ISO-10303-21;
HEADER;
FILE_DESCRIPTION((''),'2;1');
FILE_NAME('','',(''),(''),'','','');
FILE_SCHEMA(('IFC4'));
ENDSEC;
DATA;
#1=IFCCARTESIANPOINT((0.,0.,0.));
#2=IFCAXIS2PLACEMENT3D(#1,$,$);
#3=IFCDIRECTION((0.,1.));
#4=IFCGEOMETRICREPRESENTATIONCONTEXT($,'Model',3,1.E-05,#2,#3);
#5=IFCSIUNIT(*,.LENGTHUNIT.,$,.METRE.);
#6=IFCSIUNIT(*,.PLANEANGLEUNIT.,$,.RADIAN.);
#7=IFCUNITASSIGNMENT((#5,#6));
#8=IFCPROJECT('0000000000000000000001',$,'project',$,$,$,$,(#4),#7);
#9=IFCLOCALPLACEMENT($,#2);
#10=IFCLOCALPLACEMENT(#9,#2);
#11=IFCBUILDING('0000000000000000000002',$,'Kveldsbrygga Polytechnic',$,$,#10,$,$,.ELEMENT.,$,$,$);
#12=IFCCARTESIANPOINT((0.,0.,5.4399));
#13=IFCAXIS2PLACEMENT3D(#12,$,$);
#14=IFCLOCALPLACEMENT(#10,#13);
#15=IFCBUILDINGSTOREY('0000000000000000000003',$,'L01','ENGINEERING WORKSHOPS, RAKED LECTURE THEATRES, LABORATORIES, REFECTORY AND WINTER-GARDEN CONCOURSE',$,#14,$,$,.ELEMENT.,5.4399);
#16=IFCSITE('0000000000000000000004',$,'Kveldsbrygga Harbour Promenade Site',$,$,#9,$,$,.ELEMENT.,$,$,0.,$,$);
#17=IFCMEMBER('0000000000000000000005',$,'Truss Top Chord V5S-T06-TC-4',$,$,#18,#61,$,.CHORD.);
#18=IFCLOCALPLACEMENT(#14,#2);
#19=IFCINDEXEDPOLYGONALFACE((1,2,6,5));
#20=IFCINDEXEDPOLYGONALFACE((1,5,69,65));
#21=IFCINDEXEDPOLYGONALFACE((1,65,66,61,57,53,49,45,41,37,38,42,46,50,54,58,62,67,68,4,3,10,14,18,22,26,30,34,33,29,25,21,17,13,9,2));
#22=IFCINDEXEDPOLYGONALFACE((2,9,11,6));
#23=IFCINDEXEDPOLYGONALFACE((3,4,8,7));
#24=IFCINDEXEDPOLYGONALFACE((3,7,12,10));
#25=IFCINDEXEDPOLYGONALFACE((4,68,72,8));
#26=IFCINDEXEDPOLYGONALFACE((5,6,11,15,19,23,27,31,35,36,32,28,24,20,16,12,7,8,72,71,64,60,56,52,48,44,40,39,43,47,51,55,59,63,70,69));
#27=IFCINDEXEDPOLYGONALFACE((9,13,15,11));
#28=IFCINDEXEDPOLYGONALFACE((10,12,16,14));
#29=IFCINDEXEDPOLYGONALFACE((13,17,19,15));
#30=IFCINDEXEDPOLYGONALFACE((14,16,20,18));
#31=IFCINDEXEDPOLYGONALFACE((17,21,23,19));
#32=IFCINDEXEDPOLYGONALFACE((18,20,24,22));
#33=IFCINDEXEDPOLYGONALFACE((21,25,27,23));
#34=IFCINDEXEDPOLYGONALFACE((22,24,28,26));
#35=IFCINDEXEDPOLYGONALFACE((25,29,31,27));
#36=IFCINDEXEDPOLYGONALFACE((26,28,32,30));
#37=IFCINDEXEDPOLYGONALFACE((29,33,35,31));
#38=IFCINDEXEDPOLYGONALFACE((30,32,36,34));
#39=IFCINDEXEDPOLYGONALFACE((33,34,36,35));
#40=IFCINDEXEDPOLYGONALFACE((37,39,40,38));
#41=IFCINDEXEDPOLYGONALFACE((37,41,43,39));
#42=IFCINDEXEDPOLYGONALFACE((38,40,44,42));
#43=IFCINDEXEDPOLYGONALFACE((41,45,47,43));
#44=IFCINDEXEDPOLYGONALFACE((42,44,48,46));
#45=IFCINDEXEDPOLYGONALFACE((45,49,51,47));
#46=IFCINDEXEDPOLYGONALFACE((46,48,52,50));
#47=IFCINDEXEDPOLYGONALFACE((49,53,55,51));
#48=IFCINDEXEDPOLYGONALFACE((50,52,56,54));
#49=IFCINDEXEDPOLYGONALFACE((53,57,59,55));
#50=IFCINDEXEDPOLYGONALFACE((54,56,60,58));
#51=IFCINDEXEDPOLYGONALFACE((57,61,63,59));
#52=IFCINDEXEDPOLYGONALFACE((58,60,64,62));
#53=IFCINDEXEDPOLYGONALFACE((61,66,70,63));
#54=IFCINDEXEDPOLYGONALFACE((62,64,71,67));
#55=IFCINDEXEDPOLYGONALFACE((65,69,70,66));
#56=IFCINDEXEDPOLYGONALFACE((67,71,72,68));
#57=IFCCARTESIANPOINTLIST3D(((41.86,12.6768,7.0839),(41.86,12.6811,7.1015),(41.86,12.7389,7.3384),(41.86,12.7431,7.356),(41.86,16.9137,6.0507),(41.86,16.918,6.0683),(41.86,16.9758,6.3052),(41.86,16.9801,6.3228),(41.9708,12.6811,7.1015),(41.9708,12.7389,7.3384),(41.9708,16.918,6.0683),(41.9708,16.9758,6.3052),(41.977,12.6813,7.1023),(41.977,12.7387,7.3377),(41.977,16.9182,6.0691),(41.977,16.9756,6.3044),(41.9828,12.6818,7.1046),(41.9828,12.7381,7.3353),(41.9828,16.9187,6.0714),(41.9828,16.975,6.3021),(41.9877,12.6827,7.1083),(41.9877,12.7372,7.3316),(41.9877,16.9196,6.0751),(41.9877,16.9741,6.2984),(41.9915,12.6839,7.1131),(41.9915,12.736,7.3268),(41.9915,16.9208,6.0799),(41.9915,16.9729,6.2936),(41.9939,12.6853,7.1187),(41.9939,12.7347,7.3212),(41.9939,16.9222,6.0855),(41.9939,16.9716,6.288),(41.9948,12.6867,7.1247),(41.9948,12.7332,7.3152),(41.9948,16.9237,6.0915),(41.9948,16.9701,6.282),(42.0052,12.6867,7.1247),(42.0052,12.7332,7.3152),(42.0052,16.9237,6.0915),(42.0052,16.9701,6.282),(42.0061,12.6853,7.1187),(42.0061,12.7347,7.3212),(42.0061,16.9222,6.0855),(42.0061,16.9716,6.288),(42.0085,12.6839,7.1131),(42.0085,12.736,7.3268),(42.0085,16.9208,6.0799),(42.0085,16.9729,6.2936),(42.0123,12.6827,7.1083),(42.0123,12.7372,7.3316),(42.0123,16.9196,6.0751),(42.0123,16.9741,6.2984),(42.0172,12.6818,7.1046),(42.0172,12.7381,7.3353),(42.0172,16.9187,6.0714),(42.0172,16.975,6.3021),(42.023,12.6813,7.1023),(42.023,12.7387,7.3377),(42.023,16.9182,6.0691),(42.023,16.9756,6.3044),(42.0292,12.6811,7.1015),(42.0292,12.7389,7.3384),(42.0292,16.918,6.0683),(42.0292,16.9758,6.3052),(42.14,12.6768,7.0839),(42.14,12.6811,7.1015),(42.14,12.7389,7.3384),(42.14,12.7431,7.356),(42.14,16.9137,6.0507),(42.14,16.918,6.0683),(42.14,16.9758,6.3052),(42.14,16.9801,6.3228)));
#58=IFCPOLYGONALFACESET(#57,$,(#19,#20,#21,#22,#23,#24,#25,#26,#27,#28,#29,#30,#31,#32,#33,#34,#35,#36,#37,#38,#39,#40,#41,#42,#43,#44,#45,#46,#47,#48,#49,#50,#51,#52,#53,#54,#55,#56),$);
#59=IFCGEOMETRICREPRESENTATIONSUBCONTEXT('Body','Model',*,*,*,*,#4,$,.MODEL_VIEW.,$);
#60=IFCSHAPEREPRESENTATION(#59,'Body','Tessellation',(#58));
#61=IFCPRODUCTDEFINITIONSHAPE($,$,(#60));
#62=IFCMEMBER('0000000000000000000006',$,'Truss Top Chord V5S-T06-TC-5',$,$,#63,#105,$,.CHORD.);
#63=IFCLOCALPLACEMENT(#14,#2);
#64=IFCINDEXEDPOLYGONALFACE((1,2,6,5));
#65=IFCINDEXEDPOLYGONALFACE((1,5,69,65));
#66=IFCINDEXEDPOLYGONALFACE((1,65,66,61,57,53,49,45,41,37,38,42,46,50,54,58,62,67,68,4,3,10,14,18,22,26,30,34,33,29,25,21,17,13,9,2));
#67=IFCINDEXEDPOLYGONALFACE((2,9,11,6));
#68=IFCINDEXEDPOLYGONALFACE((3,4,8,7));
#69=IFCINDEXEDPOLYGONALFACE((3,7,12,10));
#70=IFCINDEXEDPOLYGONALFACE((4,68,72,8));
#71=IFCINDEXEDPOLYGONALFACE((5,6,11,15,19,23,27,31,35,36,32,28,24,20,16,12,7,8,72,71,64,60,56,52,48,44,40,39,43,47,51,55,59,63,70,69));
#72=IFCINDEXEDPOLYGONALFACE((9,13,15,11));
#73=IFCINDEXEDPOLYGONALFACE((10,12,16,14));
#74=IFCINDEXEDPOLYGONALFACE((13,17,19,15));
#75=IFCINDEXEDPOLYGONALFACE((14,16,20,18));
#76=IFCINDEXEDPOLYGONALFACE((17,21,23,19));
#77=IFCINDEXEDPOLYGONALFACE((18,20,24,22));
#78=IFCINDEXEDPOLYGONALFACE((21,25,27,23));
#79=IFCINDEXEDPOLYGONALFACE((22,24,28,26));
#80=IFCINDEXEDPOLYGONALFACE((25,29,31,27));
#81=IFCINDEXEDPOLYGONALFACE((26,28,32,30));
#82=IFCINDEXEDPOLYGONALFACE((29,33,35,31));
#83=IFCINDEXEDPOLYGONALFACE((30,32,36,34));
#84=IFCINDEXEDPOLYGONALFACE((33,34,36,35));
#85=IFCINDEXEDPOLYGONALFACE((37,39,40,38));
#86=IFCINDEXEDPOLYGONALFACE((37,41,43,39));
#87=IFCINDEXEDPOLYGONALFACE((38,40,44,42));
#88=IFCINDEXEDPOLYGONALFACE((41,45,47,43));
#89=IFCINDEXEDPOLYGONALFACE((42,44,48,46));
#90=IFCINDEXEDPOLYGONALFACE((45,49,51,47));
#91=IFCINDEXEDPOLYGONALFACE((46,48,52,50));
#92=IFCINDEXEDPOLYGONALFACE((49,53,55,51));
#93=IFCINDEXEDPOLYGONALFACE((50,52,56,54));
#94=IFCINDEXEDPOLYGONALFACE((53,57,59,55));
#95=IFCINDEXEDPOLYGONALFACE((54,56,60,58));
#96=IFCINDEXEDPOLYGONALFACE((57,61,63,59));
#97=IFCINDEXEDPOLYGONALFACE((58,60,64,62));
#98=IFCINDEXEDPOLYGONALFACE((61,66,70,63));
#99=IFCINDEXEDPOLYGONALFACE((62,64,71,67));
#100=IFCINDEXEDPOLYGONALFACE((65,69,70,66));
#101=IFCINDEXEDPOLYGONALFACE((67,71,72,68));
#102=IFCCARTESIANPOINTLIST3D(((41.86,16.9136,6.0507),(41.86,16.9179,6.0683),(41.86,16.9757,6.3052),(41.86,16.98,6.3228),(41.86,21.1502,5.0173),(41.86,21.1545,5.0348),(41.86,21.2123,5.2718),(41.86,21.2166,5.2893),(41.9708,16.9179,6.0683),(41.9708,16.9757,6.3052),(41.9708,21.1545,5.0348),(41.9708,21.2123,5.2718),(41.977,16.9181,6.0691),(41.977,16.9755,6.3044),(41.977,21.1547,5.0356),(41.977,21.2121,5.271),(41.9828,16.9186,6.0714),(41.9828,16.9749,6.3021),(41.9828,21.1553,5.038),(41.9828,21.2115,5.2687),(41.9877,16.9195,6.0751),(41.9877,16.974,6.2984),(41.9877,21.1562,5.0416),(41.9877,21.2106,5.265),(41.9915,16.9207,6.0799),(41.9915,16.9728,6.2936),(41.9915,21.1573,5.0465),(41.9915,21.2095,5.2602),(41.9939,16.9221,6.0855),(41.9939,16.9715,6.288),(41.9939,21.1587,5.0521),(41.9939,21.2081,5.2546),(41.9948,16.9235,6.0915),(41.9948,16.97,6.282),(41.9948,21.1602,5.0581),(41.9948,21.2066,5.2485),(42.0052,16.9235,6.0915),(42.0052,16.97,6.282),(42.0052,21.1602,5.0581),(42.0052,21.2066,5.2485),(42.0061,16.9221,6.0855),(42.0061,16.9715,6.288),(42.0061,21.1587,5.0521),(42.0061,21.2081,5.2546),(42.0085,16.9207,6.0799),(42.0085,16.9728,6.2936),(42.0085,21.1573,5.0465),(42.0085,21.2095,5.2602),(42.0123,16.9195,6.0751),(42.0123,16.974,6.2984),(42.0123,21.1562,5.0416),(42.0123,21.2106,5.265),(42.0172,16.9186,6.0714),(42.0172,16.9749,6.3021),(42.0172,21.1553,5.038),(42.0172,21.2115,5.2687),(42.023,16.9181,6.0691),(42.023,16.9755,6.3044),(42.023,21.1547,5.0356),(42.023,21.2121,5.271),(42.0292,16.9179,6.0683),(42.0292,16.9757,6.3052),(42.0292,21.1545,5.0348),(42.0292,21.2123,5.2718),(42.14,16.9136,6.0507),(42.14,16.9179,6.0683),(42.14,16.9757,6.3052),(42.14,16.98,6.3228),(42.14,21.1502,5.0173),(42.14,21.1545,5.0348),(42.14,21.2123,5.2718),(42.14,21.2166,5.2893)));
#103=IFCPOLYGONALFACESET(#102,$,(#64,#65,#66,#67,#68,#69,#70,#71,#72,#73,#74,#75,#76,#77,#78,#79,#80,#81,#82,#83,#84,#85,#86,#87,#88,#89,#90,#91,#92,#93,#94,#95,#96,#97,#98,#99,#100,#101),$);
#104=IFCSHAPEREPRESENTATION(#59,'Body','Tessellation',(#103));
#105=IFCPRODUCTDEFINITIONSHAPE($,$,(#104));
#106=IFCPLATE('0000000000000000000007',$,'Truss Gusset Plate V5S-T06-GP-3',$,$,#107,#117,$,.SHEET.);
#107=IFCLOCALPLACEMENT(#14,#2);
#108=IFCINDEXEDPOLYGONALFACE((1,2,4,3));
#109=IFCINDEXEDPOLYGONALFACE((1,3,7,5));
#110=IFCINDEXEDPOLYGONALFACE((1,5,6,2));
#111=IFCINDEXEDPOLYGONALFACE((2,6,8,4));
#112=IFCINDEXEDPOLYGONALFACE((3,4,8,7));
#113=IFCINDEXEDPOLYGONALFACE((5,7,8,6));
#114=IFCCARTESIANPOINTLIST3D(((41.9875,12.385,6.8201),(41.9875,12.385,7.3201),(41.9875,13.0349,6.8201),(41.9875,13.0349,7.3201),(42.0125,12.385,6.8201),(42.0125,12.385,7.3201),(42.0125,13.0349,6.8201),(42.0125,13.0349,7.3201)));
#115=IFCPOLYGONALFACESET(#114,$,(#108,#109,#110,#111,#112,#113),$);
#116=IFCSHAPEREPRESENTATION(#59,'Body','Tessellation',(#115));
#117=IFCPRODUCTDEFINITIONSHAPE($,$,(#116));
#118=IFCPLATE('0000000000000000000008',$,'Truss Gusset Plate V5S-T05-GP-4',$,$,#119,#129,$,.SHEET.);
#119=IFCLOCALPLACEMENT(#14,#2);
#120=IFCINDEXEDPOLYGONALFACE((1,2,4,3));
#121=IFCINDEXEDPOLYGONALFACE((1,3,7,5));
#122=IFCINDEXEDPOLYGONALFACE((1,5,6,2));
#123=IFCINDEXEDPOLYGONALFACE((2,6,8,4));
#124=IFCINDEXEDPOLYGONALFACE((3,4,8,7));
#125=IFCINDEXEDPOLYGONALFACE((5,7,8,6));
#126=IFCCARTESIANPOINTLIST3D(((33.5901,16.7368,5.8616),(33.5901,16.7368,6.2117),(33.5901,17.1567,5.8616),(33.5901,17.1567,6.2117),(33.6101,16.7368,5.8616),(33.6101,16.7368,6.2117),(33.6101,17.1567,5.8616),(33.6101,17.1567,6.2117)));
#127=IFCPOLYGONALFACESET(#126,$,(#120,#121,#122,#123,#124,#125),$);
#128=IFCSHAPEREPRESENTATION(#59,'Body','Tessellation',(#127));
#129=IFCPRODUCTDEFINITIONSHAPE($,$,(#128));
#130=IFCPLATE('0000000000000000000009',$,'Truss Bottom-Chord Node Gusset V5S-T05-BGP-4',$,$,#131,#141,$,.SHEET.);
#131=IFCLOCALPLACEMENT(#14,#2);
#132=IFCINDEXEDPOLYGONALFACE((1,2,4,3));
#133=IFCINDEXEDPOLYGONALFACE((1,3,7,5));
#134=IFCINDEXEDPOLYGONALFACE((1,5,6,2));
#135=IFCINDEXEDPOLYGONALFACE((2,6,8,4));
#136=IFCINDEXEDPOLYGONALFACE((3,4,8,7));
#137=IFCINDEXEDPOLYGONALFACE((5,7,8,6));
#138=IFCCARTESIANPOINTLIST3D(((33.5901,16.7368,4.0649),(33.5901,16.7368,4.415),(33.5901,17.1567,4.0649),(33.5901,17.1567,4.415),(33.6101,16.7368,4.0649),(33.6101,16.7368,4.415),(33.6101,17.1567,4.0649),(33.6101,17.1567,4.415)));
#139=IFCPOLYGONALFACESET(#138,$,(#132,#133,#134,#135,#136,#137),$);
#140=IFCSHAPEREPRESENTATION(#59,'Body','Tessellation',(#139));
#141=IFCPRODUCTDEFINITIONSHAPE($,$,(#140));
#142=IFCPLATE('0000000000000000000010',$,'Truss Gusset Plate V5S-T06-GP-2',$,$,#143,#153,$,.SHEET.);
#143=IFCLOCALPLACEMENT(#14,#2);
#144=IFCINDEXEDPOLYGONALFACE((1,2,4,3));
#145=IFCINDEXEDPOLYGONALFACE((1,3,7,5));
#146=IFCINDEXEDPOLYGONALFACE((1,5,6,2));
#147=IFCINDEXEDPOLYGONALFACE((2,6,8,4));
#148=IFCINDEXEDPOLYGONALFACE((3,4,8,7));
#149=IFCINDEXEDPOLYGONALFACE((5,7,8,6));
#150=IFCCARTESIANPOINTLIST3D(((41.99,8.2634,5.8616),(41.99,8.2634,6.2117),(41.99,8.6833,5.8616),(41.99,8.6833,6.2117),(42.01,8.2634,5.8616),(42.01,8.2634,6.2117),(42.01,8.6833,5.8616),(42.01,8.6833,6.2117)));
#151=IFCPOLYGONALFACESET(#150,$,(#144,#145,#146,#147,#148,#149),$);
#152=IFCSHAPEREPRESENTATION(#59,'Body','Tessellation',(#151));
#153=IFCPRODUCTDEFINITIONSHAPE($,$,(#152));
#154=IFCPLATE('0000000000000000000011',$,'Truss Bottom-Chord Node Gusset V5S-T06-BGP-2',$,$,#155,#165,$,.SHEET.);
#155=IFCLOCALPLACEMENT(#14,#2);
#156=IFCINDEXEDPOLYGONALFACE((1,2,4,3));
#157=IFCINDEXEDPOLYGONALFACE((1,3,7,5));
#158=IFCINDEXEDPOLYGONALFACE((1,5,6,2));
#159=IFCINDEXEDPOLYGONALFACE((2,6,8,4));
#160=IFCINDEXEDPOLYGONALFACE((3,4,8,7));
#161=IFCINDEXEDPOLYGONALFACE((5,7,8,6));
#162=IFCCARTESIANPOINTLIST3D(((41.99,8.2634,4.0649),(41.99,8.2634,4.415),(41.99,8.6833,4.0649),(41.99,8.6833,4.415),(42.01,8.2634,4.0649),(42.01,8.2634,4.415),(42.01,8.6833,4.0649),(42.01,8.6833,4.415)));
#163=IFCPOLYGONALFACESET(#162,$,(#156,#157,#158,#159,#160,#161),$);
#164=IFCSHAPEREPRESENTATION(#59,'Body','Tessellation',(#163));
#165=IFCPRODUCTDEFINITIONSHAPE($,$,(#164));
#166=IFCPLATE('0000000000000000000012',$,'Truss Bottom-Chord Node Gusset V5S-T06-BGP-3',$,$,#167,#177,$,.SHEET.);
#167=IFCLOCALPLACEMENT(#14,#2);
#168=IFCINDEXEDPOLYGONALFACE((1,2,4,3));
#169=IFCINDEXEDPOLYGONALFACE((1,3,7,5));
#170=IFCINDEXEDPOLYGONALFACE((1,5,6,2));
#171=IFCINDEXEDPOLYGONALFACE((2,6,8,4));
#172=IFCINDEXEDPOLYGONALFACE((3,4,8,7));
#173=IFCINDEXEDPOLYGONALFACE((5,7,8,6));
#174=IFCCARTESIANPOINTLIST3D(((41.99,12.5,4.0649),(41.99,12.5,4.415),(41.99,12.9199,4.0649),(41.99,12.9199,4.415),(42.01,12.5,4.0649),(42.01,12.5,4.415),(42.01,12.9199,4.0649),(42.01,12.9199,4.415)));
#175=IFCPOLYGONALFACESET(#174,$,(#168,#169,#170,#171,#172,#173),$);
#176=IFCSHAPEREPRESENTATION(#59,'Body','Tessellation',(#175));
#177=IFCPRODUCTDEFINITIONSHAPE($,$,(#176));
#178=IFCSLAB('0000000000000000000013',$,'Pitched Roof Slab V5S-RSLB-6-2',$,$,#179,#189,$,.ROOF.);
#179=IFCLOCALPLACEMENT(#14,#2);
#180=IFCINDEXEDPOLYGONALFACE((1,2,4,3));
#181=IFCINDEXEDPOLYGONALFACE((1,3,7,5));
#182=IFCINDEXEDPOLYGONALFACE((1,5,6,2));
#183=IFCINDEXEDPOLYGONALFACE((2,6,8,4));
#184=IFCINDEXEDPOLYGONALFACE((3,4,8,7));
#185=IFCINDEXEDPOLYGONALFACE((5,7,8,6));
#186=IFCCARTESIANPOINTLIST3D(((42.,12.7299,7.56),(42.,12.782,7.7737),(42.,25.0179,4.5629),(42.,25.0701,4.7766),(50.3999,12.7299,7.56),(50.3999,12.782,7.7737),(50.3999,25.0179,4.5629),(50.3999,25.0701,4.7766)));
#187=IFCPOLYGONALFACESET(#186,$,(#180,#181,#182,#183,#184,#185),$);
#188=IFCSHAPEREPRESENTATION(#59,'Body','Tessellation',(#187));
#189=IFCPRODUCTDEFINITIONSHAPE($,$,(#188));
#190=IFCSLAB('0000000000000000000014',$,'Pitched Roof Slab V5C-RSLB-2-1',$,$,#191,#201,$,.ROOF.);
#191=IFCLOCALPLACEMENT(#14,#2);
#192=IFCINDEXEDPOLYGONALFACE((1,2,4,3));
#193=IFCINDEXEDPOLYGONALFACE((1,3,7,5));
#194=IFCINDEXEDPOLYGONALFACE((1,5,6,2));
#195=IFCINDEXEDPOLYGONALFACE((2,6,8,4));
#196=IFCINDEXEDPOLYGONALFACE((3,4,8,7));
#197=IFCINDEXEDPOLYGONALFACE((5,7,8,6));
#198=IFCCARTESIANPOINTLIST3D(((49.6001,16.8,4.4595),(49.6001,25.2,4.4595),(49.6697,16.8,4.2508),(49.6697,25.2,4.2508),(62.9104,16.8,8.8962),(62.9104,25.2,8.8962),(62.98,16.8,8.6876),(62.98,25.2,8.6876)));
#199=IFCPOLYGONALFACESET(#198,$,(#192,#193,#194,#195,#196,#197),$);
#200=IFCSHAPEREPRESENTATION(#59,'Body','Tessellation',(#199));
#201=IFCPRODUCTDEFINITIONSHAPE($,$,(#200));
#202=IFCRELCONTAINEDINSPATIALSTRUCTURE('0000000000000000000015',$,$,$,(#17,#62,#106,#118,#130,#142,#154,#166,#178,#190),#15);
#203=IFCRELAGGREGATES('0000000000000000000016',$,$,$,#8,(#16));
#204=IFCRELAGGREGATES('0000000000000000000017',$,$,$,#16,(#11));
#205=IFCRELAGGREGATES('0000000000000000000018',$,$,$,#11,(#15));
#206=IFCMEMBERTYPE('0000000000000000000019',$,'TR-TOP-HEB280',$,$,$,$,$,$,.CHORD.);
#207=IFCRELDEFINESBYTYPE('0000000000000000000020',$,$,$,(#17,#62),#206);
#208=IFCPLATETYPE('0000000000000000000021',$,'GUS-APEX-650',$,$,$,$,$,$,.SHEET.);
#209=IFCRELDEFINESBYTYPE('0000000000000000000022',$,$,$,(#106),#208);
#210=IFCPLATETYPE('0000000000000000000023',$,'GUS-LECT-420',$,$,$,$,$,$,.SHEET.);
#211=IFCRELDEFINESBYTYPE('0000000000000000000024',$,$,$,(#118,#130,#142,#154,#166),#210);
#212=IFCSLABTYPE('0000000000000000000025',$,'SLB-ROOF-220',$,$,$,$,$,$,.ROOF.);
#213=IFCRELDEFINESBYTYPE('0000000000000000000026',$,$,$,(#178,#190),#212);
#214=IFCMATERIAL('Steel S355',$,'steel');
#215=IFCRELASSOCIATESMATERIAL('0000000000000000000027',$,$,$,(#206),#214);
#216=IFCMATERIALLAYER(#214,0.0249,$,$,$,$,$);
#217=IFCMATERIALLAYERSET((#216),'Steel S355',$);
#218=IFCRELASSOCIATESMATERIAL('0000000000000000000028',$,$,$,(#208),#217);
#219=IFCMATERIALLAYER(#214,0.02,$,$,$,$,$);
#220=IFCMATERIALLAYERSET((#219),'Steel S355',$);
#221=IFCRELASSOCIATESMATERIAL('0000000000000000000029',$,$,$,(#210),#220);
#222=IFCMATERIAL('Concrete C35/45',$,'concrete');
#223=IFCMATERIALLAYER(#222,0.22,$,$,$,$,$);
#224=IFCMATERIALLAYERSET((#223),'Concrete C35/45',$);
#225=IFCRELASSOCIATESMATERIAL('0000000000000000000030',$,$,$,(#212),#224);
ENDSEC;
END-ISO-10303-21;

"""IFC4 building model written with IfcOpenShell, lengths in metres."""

from ifc_helpers import new_model, si_unit, direction, frame, origin, origin_2d, place, context, subcontext, project, spatial, polyline, rectangle, i_section, outline, extrude, material, layer, layer_set, material_profile, profile_set, type_object, element, save


model = new_model("IFC4")

# Units and contexts
model_context = context("Model", 3, precision=1e-05, world=origin(), true_north=direction((0.0, 1.0)))
body_context = subcontext(model_context, "Body", "Model", "MODEL_VIEW")
ifc_project = project(units=[si_unit("LENGTHUNIT", "METRE"), si_unit("PLANEANGLEUNIT", "RADIAN")], contexts=[model_context])

# Site, building, storey
site_placement = place(None, origin())
site = spatial("IfcSite", under=ifc_project, at=site_placement, Name="Kveldsbrygga Harbour Promenade Site", CompositionType="ELEMENT", RefElevation=0.0)
building_placement = place(site_placement, origin())
building = spatial("IfcBuilding", under=site, at=building_placement, Name="Kveldsbrygga Polytechnic", CompositionType="ELEMENT")
storey_placement = place(building_placement, frame((0.0, 0.0, 5.4399)))
storey = spatial("IfcBuildingStorey", under=building, at=storey_placement, Name="L01", Description="ENGINEERING WORKSHOPS, RAKED LECTURE THEATRES, LABORATORIES, REFECTORY AND WINTER-GARDEN CONCOURSE", CompositionType="ELEMENT", Elevation=5.4399)

# Members
ifc_material_1 = material(Name="Steel S355", Category="steel")
ifc_material_profile_1 = material_profile(ifc_material_1, i_section(OverallWidth=0.28, OverallDepth=0.28, WebThickness=0.0105, FlangeThickness=0.0181, FilletRadius=0.0239, at=origin_2d()), Name="HEB 280")
ifc_profile_set_1 = profile_set([ifc_material_profile_1], Name="Steel S355")
member_type_1 = type_object("IfcMemberType", Name="TR-TOP-HEB280", PredefinedType="CHORD", material=ifc_profile_set_1)
member_1_placement = place(storey_placement, frame((42.0, 12.71, 7.22), z_axis=(0.0, 0.971529, -0.23692), x_axis=(-1.0, 0.0, 0.0)))
element("IfcMember", 1, at=member_1_placement, inside=storey, type_object=member_type_1, Name="Truss Top Chord V5S-T06-TC-4", PredefinedType="CHORD", context=body_context, shape_type="SweptSolid", body=[
    extrude(i_section(OverallWidth=0.28, OverallDepth=0.28, WebThickness=0.0105, FlangeThickness=0.0181, FilletRadius=0.0239, at=origin_2d()), origin(), (0.0, 0.0, 1.0), 4.3611),
])
member_2_placement = place(storey_placement, frame((42.0, 16.9468, 6.1868), z_axis=(0.0, 0.971513, -0.236986), x_axis=(-1.0, 0.0, 0.0)))
element("IfcMember", 2, at=member_2_placement, inside=storey, type_object=member_type_1, Name="Truss Top Chord V5S-T06-TC-5", PredefinedType="CHORD", context=body_context, shape_type="SweptSolid", body=[
    extrude(i_section(OverallWidth=0.28, OverallDepth=0.28, WebThickness=0.0105, FlangeThickness=0.0181, FilletRadius=0.0239, at=origin_2d()), origin(), (0.0, 0.0, 1.0), 4.3608),
])

# Plates
ifc_layer_1 = layer(ifc_material_1, 0.0249)
ifc_layer_set_1 = layer_set([ifc_layer_1], Name="Steel S355")
plate_type_1 = type_object("IfcPlateType", Name="GUS-APEX-650", PredefinedType="SHEET", material=ifc_layer_set_1)
plate_placement = place(storey_placement, frame((42.0, 12.71, 6.8201), z_axis=(0.0, 0.0, 1.0), x_axis=(1.0, 0.0, 0.0)))
element("IfcPlate", 3, at=plate_placement, inside=storey, type_object=plate_type_1, Name="Truss Gusset Plate V5S-T06-GP-3", PredefinedType="SHEET", context=body_context, shape_type="SweptSolid", body=[
    extrude(rectangle(XDim=0.0249, YDim=0.6499, at=origin_2d()), origin(), (0.0, 0.0, 1.0), 0.5),
])
ifc_layer_2 = layer(ifc_material_1, 0.02)
ifc_layer_set_2 = layer_set([ifc_layer_2], Name="Steel S355")
plate_type_2 = type_object("IfcPlateType", Name="GUS-LECT-420", PredefinedType="SHEET", material=ifc_layer_set_2)
for number, where, z_axis, x_axis, name in (
    (4, (33.6001, 16.9468, 5.8616), (0.0, 0.0, 1.0), (1.0, 0.0, 0.0), "Truss Gusset Plate V5S-T05-GP-4"),
    (5, (33.6001, 16.9468, 4.0649), (0.0, 0.0, 1.0), (1.0, 0.0, 0.0), "Truss Bottom-Chord Node Gusset V5S-T05-BGP-4"),
    (6, (42.0, 8.4734, 5.8616), (0.0, 0.0, 1.0), (1.0, 0.0, 0.0), "Truss Gusset Plate V5S-T06-GP-2"),
    (7, (42.0, 8.4734, 4.0649), (0.0, 0.0, 1.0), (1.0, 0.0, 0.0), "Truss Bottom-Chord Node Gusset V5S-T06-BGP-2"),
    (8, (42.0, 12.71, 4.0649), (0.0, 0.0, 1.0), (1.0, 0.0, 0.0), "Truss Bottom-Chord Node Gusset V5S-T06-BGP-3"),
):
    element("IfcPlate", number, at=place(storey_placement, frame(where, z_axis=z_axis, x_axis=x_axis)), inside=storey, type_object=plate_type_2, Name=name, PredefinedType="SHEET", context=body_context, shape_type="SweptSolid", body=[
        extrude(rectangle(XDim=0.02, YDim=0.4199, at=origin_2d()), origin(), (0.0, 0.0, 1.0), 0.3501),
    ])

# Slabs
ifc_material_2 = material(Name="Concrete C35/45", Category="concrete")
ifc_layer_3 = layer(ifc_material_2, 0.22)
ifc_layer_set_3 = layer_set([ifc_layer_3], Name="Concrete C35/45")
slab_type = type_object("IfcSlabType", Name="SLB-ROOF-220", PredefinedType="ROOF", material=ifc_layer_set_3)
slab_1_placement = place(storey_placement, frame((42.0, 12.782, 7.7737), z_axis=(0.0, 0.236954, 0.971521), x_axis=(1.0, 0.0, 0.0)))
element("IfcSlab", 9, at=slab_1_placement, inside=storey, type_object=slab_type, Name="Pitched Roof Slab V5S-RSLB-6-2", PredefinedType="ROOF", context=body_context, shape_type="SweptSolid", body=[
    extrude(outline(polyline([(0.0, 0.0), (8.3999, 0.0), (8.3999, 12.6483), (0.0, 12.6483), (0.0, 0.0)])), origin(), (0.0, 0.0, -1.0), 0.22),
])
slab_2_placement = place(storey_placement, frame((49.6001, 16.8, 4.4595), z_axis=(-0.316228, 0.0, 0.948683), x_axis=(0.948683, 0.0, 0.316228)))
element("IfcSlab", 10, at=slab_2_placement, inside=storey, type_object=slab_type, Name="Pitched Roof Slab V5C-RSLB-2-1", PredefinedType="ROOF", context=body_context, shape_type="SweptSolid", body=[
    extrude(outline(polyline([(0.0, 0.0), (14.0303, 0.0), (14.0303, 8.3999), (0.0, 8.3999), (0.0, 0.0)])), origin(), (0.0, 0.0, -1.0), 0.22),
])

save(model, "model.ifc")
